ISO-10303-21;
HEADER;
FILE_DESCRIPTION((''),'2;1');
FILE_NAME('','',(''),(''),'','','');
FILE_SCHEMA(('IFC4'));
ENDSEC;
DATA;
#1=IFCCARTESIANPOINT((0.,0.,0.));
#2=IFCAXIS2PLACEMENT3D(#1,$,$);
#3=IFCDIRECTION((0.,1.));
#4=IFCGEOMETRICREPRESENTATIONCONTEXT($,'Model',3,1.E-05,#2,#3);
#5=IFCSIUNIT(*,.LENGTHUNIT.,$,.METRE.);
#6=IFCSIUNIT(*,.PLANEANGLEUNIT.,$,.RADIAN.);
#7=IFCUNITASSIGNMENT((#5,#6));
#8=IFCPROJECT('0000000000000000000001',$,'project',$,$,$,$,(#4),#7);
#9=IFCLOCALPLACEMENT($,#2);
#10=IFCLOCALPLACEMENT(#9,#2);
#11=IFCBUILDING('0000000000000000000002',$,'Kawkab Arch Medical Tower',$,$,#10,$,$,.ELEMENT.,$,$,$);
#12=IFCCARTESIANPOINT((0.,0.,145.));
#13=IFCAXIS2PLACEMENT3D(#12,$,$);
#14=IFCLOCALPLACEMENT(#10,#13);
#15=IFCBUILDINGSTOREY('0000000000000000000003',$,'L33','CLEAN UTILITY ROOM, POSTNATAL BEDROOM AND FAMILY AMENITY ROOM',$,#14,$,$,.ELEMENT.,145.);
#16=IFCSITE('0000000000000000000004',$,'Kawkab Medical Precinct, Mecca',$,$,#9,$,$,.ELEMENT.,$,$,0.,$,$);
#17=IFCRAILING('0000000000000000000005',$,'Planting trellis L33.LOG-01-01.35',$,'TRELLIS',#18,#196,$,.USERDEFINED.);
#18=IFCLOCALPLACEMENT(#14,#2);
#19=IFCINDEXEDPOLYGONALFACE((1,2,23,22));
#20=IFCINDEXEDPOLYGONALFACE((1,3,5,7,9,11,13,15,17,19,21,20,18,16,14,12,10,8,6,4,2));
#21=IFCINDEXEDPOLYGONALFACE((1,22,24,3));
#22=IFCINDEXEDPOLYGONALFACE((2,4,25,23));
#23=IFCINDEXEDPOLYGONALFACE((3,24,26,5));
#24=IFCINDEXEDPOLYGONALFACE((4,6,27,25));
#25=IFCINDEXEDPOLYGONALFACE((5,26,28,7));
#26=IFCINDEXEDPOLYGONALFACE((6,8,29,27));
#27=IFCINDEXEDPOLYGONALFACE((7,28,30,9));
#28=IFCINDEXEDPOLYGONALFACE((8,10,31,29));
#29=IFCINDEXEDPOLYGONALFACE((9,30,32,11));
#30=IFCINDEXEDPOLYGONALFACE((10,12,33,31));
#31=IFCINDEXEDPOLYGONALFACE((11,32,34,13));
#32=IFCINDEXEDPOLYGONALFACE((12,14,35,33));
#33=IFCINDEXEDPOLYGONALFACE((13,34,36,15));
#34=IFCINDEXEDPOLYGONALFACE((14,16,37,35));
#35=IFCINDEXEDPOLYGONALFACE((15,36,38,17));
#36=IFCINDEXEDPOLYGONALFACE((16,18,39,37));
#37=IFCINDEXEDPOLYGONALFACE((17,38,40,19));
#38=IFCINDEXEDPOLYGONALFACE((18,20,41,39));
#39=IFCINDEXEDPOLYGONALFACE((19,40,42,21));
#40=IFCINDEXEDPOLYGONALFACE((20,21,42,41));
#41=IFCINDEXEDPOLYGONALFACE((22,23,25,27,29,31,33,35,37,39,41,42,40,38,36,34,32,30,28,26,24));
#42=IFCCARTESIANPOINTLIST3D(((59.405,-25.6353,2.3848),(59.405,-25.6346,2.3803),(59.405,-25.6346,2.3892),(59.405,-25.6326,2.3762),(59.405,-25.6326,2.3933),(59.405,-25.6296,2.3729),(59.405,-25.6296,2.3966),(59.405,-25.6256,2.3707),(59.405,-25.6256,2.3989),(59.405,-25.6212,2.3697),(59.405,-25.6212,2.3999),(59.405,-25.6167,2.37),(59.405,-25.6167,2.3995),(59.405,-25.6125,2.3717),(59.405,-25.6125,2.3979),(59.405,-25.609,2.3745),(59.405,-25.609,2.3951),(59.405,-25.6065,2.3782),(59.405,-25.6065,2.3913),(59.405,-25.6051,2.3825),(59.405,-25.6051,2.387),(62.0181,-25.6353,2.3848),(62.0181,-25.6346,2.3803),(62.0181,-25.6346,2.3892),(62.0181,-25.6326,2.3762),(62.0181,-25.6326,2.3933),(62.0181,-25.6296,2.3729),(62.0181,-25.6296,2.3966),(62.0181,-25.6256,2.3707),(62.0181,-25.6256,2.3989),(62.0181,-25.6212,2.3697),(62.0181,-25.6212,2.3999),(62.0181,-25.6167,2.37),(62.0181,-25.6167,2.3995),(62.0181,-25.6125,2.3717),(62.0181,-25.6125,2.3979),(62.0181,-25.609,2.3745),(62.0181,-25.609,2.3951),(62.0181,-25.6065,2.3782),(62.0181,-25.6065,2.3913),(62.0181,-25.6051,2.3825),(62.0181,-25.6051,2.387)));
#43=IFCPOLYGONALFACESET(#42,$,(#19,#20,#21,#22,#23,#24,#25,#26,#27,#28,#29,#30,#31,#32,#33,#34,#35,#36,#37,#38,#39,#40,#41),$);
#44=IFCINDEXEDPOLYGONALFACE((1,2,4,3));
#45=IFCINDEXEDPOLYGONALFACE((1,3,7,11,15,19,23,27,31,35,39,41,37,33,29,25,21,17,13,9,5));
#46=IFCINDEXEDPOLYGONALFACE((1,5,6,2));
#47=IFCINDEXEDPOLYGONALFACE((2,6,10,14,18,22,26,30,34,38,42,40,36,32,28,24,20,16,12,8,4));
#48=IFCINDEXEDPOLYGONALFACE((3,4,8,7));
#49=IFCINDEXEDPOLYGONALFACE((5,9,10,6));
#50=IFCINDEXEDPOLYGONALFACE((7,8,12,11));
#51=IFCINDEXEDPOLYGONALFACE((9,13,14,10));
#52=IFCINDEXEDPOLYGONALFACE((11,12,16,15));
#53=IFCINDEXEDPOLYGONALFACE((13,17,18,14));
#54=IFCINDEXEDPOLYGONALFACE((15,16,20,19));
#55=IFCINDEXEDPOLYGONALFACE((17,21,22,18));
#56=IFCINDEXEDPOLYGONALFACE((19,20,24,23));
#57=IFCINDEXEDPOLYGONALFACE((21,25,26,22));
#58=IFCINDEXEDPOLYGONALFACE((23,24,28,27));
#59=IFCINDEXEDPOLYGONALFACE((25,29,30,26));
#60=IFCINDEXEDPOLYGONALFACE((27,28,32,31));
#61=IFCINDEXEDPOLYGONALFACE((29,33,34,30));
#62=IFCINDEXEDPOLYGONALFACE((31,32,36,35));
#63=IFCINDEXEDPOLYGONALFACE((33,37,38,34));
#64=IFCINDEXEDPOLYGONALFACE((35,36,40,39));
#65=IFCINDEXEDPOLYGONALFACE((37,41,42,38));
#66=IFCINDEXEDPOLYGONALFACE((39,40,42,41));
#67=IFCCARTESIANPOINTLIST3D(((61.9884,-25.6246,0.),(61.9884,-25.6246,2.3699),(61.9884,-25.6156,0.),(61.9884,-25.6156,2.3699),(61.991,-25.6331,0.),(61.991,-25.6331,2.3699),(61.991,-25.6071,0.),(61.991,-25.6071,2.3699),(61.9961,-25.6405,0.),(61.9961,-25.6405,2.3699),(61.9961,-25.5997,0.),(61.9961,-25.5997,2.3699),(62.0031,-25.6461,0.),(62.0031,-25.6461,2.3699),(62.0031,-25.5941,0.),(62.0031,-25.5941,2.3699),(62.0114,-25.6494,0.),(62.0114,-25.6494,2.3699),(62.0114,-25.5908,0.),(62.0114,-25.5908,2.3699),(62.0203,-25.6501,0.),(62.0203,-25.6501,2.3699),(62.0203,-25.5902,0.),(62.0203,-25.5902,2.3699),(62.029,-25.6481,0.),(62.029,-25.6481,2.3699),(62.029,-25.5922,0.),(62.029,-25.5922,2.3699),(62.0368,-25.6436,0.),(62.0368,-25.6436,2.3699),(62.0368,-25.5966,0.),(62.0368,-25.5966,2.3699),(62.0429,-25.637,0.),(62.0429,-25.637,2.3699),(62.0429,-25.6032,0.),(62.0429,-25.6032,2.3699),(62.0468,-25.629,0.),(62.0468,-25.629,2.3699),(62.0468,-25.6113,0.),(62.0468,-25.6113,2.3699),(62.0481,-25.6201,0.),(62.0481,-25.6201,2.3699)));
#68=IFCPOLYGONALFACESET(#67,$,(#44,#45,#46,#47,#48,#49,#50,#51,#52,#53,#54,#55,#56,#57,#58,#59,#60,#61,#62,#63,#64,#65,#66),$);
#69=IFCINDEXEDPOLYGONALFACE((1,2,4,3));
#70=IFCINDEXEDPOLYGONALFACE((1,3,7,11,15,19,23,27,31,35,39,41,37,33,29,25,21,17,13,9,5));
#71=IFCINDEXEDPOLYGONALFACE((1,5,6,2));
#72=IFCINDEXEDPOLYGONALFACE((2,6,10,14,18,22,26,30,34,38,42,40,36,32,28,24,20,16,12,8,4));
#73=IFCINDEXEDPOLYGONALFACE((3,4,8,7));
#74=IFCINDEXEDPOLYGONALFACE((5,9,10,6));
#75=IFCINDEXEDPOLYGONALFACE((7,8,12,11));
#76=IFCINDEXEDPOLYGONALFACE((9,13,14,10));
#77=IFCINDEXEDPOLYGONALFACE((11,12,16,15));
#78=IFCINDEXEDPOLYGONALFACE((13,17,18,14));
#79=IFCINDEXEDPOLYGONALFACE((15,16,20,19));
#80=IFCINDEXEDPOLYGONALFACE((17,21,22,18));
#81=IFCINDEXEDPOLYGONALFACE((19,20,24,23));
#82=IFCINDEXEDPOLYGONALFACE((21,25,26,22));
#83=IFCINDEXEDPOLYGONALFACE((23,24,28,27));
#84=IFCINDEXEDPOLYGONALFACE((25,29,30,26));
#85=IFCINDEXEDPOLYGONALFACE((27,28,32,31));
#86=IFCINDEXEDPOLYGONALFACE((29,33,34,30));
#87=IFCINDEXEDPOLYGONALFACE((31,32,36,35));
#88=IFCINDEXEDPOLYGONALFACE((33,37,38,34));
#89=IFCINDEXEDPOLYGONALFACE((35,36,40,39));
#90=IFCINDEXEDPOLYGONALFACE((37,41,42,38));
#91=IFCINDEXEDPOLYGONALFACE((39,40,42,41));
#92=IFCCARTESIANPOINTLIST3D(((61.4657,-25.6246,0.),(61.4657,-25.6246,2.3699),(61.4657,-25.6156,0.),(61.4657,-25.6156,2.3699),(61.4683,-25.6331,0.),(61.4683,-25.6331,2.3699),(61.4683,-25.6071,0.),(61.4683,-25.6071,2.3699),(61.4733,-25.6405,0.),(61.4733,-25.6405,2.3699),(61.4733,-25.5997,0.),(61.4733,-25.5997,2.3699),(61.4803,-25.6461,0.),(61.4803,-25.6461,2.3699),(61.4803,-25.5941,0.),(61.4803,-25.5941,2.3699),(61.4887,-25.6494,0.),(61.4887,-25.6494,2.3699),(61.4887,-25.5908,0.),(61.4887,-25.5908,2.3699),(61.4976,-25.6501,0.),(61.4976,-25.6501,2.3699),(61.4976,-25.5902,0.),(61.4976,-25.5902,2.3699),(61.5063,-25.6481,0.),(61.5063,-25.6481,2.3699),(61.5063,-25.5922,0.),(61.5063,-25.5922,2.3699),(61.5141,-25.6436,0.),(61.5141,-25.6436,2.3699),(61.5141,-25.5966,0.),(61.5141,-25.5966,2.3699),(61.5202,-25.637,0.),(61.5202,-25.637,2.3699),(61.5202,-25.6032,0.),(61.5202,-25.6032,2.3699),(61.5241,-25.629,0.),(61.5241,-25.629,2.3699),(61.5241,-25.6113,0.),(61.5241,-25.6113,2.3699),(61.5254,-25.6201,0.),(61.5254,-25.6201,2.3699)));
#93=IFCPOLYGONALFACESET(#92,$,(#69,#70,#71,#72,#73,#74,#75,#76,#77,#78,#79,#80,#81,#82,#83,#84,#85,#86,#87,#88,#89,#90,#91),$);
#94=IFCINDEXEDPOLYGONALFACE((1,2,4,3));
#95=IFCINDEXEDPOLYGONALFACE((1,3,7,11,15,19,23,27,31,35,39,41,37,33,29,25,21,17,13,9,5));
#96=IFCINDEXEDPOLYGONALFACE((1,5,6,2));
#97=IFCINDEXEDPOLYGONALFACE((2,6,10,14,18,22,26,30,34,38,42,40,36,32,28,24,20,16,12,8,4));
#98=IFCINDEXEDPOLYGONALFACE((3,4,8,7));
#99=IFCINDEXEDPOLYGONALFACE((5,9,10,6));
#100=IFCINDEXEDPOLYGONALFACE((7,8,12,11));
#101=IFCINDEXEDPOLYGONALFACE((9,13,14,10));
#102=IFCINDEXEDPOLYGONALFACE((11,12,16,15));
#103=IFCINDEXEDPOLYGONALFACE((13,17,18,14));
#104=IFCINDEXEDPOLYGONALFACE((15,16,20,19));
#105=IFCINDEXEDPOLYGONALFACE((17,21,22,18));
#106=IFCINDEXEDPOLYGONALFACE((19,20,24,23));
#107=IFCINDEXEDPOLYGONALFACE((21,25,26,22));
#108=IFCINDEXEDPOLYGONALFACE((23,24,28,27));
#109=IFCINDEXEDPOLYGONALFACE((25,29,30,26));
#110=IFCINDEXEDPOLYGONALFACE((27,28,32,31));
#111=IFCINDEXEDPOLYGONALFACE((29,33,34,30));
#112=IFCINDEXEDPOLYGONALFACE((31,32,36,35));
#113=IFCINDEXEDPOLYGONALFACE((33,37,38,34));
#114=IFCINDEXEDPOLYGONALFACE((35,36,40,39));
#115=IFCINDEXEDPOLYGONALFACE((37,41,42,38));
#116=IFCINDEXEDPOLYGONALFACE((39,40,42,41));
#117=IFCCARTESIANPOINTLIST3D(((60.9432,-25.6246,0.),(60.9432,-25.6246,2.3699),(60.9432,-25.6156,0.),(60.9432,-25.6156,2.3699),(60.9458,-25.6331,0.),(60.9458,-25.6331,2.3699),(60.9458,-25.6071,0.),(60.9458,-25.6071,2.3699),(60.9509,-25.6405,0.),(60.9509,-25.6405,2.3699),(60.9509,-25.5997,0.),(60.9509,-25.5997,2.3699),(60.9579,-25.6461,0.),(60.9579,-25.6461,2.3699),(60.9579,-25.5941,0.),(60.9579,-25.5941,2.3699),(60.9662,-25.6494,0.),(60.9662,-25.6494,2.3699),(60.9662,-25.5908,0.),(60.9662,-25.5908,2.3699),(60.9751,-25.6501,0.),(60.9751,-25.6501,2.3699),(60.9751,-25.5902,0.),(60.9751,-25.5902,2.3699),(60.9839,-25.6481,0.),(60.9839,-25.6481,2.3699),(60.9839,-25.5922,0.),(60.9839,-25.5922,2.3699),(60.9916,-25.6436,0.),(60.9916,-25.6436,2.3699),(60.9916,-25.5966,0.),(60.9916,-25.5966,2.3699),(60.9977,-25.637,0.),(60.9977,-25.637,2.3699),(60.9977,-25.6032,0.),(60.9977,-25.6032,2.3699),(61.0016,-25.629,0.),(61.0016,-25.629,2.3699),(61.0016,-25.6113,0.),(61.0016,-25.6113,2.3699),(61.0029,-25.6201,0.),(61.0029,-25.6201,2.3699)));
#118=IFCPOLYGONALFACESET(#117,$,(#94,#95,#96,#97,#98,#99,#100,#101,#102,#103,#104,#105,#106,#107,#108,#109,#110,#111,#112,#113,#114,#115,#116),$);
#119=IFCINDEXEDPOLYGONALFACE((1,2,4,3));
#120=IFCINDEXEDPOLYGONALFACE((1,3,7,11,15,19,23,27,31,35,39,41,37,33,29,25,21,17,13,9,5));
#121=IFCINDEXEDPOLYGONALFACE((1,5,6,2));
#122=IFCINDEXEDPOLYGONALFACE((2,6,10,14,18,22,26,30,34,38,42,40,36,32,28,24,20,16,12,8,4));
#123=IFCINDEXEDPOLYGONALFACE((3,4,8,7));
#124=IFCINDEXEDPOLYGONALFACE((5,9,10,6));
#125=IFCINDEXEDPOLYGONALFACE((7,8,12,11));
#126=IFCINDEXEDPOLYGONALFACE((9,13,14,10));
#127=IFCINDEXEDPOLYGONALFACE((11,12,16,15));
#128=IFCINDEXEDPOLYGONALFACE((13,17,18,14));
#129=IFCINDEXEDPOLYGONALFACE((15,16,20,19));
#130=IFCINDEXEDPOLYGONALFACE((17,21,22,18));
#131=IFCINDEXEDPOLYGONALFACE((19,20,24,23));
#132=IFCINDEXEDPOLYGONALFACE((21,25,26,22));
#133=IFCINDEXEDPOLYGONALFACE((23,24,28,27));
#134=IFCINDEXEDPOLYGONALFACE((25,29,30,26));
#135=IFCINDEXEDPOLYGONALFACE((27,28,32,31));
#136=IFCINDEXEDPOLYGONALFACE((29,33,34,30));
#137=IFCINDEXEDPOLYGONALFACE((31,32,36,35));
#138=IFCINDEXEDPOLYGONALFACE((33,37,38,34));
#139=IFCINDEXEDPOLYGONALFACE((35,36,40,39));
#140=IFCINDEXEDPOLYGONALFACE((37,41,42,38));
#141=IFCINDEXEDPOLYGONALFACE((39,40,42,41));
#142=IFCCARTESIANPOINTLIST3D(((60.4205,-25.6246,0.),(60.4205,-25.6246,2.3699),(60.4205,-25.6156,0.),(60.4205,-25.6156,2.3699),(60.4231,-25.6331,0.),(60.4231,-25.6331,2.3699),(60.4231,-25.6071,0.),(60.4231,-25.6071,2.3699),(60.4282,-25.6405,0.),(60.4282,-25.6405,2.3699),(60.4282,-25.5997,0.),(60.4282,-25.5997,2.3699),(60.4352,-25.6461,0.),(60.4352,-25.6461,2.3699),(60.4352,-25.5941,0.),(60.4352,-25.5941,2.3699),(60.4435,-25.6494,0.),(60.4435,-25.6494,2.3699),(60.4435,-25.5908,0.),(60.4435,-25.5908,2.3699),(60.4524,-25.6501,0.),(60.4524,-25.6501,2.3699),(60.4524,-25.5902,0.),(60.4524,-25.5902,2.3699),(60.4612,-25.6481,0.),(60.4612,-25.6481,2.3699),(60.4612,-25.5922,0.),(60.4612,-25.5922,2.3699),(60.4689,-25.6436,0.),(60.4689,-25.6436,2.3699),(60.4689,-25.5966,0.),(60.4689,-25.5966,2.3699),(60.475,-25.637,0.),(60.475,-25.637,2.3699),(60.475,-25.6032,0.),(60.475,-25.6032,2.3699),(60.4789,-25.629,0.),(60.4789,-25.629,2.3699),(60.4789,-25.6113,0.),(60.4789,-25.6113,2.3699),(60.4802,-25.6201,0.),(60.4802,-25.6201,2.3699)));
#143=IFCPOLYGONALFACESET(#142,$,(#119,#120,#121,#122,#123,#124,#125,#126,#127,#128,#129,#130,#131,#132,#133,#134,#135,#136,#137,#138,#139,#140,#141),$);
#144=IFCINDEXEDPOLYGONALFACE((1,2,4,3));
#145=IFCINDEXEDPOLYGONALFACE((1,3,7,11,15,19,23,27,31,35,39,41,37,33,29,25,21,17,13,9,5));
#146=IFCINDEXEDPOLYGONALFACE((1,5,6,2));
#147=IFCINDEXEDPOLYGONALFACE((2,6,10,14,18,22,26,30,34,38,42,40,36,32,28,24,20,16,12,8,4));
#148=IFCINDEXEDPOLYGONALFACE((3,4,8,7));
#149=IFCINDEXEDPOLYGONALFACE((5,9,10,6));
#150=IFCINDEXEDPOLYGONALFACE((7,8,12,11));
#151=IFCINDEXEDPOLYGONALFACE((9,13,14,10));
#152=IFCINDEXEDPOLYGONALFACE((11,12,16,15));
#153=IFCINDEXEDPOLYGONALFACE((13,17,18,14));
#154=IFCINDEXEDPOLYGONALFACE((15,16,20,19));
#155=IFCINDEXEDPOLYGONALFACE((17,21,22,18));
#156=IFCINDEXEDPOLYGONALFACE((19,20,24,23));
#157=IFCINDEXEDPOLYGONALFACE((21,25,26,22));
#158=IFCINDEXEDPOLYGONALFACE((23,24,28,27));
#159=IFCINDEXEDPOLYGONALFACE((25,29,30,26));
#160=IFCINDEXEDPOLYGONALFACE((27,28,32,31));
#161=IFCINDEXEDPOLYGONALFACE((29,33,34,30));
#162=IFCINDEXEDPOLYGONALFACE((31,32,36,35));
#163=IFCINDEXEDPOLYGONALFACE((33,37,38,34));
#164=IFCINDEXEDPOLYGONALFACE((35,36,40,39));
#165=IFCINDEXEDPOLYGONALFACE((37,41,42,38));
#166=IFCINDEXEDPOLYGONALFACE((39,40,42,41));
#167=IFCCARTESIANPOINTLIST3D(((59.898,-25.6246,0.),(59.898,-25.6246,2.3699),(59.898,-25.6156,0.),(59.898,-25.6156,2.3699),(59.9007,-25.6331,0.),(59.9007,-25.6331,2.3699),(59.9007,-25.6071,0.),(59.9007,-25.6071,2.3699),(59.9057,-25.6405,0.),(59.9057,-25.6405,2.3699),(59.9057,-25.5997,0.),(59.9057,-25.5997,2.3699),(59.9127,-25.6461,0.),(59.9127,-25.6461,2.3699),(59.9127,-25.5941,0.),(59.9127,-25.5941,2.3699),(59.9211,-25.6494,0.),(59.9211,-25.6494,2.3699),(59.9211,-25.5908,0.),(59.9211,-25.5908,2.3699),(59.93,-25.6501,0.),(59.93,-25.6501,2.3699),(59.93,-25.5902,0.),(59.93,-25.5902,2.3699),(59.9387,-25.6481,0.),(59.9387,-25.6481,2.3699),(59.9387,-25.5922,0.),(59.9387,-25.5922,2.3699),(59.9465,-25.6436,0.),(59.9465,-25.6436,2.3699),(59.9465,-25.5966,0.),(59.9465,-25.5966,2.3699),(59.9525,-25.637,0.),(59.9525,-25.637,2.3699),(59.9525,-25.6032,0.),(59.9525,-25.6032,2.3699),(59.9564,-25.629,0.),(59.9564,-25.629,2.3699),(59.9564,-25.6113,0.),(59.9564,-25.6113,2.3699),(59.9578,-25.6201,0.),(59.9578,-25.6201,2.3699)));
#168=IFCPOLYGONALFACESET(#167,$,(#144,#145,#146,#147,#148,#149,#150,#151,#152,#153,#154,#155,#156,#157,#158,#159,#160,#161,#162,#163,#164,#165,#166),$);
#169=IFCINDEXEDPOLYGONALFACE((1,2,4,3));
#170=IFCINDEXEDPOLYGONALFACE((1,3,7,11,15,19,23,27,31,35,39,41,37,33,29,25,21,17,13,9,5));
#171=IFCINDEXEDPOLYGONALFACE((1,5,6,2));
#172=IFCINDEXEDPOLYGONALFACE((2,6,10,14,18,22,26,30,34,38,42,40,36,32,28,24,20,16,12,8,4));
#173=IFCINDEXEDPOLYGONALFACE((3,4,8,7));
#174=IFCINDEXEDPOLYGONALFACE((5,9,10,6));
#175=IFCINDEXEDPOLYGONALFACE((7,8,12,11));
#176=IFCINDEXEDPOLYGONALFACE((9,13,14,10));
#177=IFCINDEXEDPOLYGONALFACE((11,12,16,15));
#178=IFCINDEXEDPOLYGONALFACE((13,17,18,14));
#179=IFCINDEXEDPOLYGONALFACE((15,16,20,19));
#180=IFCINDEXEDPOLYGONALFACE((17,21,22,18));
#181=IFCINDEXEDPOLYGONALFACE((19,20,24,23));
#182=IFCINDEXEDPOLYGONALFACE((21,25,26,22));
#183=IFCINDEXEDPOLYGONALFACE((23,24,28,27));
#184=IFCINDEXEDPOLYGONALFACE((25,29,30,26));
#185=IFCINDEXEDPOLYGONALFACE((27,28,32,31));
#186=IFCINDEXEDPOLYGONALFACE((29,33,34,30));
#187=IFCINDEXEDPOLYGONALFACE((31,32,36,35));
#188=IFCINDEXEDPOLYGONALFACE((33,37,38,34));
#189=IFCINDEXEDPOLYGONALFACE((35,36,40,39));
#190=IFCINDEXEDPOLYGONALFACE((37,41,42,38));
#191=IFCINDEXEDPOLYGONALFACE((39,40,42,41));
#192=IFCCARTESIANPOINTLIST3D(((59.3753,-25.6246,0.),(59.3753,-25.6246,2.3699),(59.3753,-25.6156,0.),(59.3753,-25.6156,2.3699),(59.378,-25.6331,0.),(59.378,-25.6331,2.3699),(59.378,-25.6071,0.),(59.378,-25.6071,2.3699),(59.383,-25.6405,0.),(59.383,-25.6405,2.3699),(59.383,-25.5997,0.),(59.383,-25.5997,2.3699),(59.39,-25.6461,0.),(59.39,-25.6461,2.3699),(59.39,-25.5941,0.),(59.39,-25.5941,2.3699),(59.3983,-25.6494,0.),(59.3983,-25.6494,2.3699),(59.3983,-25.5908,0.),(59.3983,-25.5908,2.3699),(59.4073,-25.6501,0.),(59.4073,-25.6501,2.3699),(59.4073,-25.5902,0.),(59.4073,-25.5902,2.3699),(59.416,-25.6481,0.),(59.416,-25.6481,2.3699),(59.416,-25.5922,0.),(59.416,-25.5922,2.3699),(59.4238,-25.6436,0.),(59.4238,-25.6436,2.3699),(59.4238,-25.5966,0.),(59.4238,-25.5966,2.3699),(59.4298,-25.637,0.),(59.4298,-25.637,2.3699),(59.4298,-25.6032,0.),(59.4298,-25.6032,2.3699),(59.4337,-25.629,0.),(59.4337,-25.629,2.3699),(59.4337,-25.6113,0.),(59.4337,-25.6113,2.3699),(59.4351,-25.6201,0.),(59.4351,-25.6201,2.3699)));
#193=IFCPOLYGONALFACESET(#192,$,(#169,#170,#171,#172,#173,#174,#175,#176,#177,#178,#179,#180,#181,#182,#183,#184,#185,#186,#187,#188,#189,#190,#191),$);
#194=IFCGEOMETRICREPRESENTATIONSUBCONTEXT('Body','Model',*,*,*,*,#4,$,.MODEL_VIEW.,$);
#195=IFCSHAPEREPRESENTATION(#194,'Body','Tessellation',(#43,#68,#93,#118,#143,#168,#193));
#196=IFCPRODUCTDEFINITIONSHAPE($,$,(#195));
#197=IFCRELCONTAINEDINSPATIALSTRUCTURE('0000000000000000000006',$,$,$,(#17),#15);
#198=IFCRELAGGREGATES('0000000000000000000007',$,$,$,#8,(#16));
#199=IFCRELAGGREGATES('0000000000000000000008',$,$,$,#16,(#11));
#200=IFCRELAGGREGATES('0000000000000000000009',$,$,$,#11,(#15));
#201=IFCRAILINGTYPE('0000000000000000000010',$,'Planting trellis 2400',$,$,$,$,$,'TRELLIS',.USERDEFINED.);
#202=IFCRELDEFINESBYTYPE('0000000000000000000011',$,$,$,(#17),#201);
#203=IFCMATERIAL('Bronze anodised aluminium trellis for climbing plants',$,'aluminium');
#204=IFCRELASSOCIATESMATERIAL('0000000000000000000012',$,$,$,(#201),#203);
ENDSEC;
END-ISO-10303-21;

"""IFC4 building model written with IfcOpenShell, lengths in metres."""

from ifc_helpers import new_model, si_unit, direction, frame, origin, origin_2d, place, context, subcontext, project, spatial, circle, extrude, material, type_object, element, save


model = new_model("IFC4")

# Units and contexts
model_context = context("Model", 3, precision=1e-05, world=origin(), true_north=direction((0.0, 1.0)))
body_context = subcontext(model_context, "Body", "Model", "MODEL_VIEW")
ifc_project = project(units=[si_unit("LENGTHUNIT", "METRE"), si_unit("PLANEANGLEUNIT", "RADIAN")], contexts=[model_context])

# Site, building, storey
site_placement = place(None, origin())
site = spatial("IfcSite", under=ifc_project, at=site_placement, Name="Kawkab Medical Precinct, Mecca", CompositionType="ELEMENT", RefElevation=0.0)
building_placement = place(site_placement, origin())
building = spatial("IfcBuilding", under=site, at=building_placement, Name="Kawkab Arch Medical Tower", CompositionType="ELEMENT")
storey_placement = place(building_placement, frame((0.0, 0.0, 145.0)))
storey = spatial("IfcBuildingStorey", under=building, at=storey_placement, Name="L33", Description="CLEAN UTILITY ROOM, POSTNATAL BEDROOM AND FAMILY AMENITY ROOM", CompositionType="ELEMENT", Elevation=145.0)

# Railing
ifc_material_1 = material(Name="Bronze anodised aluminium trellis for climbing plants", Category="aluminium")
railing_type = type_object("IfcRailingType", Name="Planting trellis 2400", ElementType="TRELLIS", PredefinedType="USERDEFINED", material=ifc_material_1)
railing_1_placement = place(storey_placement, frame((62.0181, -25.6201, 0.0)))
element("IfcRailing", 1, at=railing_1_placement, inside=storey, type_object=railing_type, Name="Planting trellis L33.LOG-01-01.35", ObjectType="TRELLIS", PredefinedType="USERDEFINED", context=body_context, shape_type="SweptSolid", body=[
    extrude(circle(Radius=0.0151, at=origin_2d()), frame((0.0, 0.0, 2.3848), z_axis=(-1.0, 0.0, 0.0), x_axis=(0.0, -1.0, 0.0)), (0.0, 0.0, 1.0), 2.613),
    extrude(circle(Radius=0.03, at=origin_2d()), origin(), (0.0, 0.0, 1.0), 2.3699),
    extrude(circle(Radius=0.03, at=origin_2d()), frame((-0.5227, 0.0, 0.0)), (0.0, 0.0, 1.0), 2.3699),
    extrude(circle(Radius=0.03, at=origin_2d()), frame((-1.0452, 0.0, 0.0)), (0.0, 0.0, 1.0), 2.3699),
    extrude(circle(Radius=0.03, at=origin_2d()), frame((-1.5679, 0.0, 0.0)), (0.0, 0.0, 1.0), 2.3699),
    extrude(circle(Radius=0.03, at=origin_2d()), frame((-2.0903, 0.0, 0.0)), (0.0, 0.0, 1.0), 2.3699),
    extrude(circle(Radius=0.03, at=origin_2d()), frame((-2.613, 0.0, 0.0)), (0.0, 0.0, 1.0), 2.3699),
])

save(model, "model.ifc")
